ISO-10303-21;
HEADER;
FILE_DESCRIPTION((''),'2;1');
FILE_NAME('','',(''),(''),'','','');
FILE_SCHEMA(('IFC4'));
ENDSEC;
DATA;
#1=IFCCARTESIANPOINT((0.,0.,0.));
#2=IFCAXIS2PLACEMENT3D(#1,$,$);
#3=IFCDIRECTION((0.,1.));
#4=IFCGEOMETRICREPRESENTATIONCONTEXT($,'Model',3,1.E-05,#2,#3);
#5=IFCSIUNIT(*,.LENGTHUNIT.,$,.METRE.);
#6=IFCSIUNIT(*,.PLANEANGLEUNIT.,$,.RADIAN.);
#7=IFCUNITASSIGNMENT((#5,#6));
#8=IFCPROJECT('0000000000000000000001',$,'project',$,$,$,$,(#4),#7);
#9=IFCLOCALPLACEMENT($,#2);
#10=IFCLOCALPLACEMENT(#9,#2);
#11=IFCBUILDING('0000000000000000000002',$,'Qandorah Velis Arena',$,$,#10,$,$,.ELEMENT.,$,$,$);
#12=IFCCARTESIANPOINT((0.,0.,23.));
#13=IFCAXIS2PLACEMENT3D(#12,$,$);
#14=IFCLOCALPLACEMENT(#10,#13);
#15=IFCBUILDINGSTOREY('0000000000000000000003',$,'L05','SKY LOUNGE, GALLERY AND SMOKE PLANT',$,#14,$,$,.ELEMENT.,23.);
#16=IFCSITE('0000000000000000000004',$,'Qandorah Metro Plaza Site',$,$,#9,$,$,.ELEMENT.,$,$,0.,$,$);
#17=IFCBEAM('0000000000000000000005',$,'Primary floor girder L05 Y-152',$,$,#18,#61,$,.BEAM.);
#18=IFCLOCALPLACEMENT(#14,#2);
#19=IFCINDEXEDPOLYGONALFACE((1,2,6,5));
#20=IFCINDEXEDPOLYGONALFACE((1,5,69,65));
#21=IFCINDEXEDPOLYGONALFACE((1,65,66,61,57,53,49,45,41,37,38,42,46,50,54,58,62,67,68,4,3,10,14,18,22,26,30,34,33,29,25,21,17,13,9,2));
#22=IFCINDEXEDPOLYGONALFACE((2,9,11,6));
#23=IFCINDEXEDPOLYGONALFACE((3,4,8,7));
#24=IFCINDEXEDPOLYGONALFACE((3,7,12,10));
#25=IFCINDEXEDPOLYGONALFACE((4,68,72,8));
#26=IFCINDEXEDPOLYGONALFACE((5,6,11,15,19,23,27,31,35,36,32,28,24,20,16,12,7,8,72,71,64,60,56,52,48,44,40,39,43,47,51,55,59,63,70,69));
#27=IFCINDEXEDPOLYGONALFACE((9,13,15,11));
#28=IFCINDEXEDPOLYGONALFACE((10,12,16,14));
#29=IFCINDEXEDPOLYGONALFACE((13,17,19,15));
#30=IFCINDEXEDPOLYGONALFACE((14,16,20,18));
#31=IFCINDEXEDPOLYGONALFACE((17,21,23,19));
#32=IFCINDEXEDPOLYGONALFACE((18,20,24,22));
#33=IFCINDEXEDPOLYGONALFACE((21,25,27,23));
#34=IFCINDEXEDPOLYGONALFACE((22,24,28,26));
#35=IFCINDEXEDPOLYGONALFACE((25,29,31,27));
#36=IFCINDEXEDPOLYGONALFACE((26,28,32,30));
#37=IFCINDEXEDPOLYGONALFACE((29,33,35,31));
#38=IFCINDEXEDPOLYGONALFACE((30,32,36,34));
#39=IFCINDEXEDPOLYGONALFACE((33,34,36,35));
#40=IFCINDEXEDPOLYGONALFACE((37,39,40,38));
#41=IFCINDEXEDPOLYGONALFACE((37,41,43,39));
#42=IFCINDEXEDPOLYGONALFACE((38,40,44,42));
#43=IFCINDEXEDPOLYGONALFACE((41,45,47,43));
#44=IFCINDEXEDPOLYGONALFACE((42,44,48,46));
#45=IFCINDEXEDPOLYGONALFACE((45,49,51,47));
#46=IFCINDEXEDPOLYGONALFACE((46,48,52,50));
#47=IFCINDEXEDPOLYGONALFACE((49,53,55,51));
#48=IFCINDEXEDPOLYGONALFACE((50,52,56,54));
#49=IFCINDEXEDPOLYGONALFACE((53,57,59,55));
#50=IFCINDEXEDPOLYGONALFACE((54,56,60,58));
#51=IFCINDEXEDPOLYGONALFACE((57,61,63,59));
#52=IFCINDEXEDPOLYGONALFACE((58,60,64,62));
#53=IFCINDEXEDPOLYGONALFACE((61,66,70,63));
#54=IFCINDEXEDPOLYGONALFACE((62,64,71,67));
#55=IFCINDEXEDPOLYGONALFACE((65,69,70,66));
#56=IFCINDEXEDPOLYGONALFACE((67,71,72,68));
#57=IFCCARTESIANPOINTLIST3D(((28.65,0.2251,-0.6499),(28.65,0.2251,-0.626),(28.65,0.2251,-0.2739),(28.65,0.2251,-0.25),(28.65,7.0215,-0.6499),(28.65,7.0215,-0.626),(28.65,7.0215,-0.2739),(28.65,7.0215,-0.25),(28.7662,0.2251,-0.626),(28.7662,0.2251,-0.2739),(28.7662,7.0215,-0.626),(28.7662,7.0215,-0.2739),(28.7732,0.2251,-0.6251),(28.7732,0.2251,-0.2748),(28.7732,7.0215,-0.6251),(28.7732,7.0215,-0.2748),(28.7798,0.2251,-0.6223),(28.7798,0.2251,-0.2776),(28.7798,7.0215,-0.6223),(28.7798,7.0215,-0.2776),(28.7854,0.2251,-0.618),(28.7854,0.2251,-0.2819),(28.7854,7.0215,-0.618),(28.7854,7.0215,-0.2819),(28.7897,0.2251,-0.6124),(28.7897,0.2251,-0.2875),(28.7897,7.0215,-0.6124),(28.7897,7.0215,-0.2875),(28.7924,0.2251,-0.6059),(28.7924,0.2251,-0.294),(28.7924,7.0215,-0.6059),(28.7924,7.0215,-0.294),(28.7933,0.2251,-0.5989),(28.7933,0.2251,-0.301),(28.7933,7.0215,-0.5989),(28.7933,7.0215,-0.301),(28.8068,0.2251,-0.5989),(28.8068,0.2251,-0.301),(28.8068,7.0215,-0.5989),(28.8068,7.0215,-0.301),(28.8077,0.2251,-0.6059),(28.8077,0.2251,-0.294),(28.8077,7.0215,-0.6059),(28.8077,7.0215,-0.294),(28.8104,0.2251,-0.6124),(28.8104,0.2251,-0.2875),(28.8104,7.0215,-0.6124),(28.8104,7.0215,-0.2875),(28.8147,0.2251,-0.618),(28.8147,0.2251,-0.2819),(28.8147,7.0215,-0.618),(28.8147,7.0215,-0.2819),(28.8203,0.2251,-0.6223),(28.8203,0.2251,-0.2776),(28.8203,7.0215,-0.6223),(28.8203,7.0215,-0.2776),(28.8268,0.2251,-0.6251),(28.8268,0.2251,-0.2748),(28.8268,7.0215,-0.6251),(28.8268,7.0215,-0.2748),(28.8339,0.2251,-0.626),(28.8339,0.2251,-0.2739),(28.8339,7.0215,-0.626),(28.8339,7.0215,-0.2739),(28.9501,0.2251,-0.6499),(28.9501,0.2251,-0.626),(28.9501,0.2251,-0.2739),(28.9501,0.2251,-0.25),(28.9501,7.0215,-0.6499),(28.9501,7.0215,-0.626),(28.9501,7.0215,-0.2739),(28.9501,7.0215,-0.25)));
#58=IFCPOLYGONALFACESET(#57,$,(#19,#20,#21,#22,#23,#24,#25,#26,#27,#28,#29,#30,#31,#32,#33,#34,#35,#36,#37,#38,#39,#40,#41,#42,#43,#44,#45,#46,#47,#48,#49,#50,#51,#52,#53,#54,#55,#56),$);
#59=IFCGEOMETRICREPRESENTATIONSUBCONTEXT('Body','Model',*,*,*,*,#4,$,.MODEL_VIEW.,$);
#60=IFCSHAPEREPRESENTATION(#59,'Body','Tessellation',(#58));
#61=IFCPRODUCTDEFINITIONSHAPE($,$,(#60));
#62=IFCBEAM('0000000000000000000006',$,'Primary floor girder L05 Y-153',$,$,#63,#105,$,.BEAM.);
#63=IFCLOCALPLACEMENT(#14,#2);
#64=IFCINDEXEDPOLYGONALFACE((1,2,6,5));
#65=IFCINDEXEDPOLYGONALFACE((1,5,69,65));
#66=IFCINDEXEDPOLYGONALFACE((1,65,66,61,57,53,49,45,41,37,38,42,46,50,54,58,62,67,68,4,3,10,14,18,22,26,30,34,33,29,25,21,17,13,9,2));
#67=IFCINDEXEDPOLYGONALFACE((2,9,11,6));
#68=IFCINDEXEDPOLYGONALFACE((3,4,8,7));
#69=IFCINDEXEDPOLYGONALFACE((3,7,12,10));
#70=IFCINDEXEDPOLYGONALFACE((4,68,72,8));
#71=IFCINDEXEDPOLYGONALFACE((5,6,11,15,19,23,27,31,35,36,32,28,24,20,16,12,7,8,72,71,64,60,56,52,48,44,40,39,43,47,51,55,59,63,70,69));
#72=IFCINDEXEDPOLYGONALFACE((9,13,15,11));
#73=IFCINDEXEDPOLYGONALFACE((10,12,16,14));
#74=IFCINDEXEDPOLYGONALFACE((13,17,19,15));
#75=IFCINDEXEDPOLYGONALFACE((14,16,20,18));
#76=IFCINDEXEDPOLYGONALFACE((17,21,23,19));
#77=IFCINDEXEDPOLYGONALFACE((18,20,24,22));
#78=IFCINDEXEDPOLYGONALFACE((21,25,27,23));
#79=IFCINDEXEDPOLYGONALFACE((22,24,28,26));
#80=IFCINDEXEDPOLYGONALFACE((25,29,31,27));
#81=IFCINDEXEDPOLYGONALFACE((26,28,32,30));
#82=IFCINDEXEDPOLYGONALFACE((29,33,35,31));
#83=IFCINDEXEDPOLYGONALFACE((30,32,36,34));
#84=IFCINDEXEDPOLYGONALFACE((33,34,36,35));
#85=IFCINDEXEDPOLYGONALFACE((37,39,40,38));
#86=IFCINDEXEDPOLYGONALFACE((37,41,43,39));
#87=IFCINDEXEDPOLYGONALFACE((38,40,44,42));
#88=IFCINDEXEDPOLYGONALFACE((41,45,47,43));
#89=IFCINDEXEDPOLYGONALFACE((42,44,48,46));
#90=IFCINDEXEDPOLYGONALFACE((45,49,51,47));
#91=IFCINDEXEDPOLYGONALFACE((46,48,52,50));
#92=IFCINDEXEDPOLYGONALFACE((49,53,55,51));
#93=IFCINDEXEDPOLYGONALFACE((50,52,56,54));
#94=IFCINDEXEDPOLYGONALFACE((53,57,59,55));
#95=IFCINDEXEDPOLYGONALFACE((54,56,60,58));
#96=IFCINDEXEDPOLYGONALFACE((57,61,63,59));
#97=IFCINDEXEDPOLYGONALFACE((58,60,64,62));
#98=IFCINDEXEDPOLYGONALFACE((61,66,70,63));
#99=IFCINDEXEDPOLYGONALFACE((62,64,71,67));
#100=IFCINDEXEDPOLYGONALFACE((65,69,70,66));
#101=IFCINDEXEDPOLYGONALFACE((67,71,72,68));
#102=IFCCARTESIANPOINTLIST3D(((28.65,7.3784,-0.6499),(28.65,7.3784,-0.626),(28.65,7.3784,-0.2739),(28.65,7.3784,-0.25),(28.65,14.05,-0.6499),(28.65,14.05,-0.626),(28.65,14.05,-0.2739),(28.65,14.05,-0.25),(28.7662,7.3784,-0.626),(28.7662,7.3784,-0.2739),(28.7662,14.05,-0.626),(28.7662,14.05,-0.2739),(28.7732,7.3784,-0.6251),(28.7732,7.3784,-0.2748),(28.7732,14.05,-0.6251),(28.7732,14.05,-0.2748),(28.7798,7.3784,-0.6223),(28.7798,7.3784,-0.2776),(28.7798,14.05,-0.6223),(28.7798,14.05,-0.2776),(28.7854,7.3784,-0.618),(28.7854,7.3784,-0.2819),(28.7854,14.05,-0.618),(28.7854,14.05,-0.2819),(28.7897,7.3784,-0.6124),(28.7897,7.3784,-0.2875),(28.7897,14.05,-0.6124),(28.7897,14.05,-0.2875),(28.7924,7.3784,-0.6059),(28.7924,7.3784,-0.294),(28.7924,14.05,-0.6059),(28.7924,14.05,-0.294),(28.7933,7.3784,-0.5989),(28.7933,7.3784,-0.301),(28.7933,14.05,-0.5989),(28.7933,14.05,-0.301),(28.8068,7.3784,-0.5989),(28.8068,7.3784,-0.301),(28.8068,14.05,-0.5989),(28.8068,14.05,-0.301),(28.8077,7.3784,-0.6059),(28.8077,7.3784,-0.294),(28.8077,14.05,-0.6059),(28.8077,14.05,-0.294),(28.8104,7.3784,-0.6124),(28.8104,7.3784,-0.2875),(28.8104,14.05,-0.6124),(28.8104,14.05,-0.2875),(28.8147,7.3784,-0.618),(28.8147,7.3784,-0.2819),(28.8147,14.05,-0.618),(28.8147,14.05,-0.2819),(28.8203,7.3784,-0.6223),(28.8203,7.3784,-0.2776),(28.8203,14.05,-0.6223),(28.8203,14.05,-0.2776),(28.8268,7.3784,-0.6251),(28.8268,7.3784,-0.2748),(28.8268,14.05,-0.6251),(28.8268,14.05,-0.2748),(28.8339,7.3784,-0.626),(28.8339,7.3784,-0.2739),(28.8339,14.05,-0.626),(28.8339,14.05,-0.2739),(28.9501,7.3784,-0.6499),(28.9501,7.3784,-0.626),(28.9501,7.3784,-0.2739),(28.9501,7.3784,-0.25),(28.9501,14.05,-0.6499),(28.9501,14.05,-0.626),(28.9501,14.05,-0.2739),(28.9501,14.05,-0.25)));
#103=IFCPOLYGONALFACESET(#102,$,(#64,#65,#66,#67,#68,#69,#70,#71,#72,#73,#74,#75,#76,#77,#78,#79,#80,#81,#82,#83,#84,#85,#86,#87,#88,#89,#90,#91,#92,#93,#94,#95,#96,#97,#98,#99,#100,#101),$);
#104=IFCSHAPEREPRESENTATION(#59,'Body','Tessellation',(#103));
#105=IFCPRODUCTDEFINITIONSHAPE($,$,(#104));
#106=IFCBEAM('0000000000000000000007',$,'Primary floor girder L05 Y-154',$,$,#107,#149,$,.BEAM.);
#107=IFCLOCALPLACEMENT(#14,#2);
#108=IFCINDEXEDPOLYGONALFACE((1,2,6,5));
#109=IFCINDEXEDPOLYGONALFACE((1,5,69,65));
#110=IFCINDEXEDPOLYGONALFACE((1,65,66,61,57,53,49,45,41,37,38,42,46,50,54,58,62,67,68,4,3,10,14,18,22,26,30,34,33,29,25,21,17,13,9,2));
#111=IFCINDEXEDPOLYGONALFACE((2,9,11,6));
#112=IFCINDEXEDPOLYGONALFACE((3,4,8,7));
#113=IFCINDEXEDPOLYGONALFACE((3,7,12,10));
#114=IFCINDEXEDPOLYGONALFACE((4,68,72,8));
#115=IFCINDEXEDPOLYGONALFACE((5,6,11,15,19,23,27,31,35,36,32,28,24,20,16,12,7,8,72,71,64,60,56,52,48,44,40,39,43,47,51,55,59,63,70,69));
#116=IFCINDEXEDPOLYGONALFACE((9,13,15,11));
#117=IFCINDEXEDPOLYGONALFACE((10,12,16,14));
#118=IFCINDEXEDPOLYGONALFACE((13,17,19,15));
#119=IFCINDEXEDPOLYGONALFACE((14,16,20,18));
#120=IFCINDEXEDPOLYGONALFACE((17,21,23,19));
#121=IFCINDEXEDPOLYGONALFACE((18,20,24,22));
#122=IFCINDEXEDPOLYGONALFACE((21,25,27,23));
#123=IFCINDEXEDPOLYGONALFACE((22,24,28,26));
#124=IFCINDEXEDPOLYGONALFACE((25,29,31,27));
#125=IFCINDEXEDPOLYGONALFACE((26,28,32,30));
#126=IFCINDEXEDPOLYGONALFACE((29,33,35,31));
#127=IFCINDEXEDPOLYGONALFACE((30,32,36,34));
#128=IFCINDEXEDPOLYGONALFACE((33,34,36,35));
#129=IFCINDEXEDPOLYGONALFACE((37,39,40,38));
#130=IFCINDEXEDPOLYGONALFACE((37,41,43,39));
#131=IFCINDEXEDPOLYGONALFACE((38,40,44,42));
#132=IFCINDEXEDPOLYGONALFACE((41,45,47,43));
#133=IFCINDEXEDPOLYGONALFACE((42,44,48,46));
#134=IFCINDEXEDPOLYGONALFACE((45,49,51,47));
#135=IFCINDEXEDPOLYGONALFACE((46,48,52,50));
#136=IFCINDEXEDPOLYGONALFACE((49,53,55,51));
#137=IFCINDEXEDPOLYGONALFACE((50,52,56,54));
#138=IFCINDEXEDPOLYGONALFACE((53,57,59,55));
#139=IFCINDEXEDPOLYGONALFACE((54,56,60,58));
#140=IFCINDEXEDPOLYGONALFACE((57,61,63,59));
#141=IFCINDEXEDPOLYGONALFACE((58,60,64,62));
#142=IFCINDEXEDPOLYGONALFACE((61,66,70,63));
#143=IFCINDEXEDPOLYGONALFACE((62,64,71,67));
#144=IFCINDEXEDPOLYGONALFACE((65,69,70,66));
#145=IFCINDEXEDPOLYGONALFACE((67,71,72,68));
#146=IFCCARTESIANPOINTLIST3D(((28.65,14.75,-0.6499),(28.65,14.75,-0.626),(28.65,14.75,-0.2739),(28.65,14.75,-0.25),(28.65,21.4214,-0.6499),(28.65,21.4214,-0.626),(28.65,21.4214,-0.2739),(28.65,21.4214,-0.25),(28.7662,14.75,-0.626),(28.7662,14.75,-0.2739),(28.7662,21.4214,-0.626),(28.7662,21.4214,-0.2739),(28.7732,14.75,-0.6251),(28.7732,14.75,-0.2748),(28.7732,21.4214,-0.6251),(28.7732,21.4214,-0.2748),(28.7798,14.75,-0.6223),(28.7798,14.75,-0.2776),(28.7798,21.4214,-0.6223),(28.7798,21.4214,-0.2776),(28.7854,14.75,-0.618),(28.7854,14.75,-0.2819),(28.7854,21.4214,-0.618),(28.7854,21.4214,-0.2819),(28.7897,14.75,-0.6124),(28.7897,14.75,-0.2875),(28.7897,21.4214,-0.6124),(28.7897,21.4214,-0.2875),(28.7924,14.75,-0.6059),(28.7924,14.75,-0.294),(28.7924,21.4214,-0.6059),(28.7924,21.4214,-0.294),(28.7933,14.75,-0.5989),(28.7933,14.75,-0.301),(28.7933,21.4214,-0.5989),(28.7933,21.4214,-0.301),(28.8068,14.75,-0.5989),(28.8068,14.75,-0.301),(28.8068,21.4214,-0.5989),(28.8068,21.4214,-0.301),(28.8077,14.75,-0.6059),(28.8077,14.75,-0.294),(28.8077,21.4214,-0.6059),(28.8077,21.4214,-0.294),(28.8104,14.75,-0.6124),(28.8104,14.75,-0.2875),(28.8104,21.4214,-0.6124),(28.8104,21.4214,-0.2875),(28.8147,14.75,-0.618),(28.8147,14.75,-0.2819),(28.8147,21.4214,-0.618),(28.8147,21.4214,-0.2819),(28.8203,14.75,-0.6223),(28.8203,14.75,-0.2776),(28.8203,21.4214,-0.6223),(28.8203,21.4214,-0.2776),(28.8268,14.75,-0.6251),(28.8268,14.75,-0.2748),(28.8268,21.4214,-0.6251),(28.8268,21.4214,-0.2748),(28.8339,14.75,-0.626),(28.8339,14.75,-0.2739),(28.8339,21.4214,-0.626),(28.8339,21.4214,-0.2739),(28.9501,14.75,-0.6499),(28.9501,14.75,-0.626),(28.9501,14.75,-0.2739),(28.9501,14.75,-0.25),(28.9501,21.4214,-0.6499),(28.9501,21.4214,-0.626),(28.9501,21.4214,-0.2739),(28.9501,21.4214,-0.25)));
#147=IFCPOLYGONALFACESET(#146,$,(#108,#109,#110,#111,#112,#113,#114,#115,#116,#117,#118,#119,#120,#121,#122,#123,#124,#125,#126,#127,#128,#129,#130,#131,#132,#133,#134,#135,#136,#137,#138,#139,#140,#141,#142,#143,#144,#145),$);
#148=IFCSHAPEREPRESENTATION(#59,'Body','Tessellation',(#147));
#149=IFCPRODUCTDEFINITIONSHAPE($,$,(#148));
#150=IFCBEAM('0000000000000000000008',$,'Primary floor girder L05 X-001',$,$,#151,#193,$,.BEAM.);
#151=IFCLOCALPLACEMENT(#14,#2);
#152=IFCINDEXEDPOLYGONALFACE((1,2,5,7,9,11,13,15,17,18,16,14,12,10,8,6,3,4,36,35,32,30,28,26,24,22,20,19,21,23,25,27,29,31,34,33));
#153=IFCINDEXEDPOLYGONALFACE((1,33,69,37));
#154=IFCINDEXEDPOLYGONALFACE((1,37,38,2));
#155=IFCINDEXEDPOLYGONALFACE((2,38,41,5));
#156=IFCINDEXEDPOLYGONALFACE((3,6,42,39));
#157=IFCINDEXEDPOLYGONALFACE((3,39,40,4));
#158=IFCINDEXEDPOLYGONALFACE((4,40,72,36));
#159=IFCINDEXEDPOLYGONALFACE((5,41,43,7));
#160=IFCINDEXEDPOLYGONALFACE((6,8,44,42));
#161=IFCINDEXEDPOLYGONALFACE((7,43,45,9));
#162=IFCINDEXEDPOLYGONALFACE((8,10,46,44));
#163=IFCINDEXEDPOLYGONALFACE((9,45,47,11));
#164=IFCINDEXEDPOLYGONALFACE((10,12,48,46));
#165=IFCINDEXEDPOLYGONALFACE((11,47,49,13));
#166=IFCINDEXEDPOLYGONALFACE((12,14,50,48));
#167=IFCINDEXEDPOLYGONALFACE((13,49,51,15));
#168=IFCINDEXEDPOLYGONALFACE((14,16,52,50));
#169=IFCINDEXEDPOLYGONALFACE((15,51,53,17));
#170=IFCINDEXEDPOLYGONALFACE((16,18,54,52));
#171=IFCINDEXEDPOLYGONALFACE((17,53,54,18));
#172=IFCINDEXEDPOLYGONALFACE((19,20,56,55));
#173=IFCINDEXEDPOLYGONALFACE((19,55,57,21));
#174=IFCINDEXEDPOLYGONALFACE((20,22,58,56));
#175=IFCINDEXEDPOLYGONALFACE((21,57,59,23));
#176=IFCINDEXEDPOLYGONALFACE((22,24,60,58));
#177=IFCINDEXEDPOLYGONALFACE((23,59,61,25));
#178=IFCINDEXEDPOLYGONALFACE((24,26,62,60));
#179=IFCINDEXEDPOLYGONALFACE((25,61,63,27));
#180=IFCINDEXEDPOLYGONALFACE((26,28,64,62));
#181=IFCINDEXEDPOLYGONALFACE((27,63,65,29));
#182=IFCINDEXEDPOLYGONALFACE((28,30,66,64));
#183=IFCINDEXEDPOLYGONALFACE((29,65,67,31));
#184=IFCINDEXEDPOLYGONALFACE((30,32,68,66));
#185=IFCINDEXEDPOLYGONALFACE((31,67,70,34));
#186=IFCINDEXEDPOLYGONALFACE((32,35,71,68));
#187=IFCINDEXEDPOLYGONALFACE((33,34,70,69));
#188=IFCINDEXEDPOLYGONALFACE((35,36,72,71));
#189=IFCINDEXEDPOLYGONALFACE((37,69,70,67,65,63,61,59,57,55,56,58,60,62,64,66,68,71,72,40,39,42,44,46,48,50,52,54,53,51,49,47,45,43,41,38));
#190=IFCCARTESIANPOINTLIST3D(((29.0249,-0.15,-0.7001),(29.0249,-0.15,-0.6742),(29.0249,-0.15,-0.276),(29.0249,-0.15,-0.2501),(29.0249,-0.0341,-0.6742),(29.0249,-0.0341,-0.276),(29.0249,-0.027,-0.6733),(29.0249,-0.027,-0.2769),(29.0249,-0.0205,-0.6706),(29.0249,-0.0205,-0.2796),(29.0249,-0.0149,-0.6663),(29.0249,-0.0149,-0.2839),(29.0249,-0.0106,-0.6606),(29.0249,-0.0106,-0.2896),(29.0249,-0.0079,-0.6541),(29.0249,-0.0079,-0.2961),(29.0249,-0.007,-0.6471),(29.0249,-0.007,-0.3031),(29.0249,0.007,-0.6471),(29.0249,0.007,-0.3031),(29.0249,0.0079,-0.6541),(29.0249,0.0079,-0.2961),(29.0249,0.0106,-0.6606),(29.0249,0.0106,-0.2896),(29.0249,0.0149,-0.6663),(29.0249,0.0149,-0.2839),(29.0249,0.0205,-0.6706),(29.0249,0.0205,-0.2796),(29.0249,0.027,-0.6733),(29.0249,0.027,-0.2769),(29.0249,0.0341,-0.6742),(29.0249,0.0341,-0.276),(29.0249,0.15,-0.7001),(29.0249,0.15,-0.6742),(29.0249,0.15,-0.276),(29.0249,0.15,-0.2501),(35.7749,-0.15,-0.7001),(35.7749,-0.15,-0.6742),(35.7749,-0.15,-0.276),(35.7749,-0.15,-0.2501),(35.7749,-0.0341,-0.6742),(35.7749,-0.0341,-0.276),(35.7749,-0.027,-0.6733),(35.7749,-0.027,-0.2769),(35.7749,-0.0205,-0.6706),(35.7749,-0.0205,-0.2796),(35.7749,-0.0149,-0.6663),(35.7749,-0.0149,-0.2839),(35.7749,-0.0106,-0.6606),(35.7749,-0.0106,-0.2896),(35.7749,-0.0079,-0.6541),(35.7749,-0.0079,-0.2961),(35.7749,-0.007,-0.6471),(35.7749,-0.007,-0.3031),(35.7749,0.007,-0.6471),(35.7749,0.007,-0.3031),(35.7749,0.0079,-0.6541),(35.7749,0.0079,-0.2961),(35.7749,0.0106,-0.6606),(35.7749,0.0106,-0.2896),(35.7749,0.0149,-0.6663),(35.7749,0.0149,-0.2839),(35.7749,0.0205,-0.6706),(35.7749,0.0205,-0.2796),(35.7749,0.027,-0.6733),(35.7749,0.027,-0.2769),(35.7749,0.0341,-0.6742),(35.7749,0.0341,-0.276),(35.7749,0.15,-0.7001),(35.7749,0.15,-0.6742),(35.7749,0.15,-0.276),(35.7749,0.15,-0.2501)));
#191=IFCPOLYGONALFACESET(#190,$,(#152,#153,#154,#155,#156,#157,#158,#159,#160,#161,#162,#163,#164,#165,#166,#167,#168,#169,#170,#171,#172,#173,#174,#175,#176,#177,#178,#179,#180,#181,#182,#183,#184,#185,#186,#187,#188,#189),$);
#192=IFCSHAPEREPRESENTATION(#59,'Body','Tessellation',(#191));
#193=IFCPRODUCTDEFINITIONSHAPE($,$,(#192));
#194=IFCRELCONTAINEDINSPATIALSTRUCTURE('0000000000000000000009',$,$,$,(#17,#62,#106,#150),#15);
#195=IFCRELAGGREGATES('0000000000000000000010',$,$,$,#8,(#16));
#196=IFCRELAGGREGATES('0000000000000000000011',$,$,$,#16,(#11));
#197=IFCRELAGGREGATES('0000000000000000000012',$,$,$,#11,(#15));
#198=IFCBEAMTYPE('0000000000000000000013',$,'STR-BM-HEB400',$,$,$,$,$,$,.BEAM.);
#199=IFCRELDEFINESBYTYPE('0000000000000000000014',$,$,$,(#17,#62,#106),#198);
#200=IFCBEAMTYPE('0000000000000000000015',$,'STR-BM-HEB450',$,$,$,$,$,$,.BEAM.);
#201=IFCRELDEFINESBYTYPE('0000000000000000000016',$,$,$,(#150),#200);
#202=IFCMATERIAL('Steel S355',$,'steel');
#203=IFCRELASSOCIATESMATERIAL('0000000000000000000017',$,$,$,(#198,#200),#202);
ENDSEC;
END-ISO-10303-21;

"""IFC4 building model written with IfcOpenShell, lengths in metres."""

from ifc_helpers import new_model, si_unit, direction, frame, origin, origin_2d, place, context, subcontext, project, spatial, i_section, extrude, material, material_profile, profile_set, type_object, element, save


model = new_model("IFC4")

# Units and contexts
model_context = context("Model", 3, precision=1e-05, world=origin(), true_north=direction((0.0, 1.0)))
body_context = subcontext(model_context, "Body", "Model", "MODEL_VIEW")
ifc_project = project(units=[si_unit("LENGTHUNIT", "METRE"), si_unit("PLANEANGLEUNIT", "RADIAN")], contexts=[model_context])

# Site, building, storey
site_placement = place(None, origin())
site = spatial("IfcSite", under=ifc_project, at=site_placement, Name="Qandorah Metro Plaza Site", CompositionType="ELEMENT", RefElevation=0.0)
building_placement = place(site_placement, origin())
building = spatial("IfcBuilding", under=site, at=building_placement, Name="Qandorah Velis Arena", CompositionType="ELEMENT")
storey_placement = place(building_placement, frame((0.0, 0.0, 23.0)))
storey = spatial("IfcBuildingStorey", under=building, at=storey_placement, Name="L05", Description="SKY LOUNGE, GALLERY AND SMOKE PLANT", CompositionType="ELEMENT", Elevation=23.0)

# Beams
ifc_material_1 = material(Name="Steel S355", Category="steel")
ifc_material_profile_1 = material_profile(ifc_material_1, i_section(OverallWidth=0.3, OverallDepth=0.3999, WebThickness=0.0134, FlangeThickness=0.0239, FilletRadius=0.0271, at=origin_2d()), Name="HEB 400")
ifc_profile_set_1 = profile_set([ifc_material_profile_1], Name="Steel S355")
beam_type_1 = type_object("IfcBeamType", Name="STR-BM-HEB400", PredefinedType="BEAM", material=ifc_profile_set_1)
for number, where, z_axis, x_axis, name in (
    (1, (28.8, 0.2251, -0.45), (0.0, 1.0, 0.0), (-1.0, 0.0, 0.0), "Primary floor girder L05 Y-152"),
):
    element("IfcBeam", number, at=place(storey_placement, frame(where, z_axis=z_axis, x_axis=x_axis)), inside=storey, type_object=beam_type_1, Name=name, PredefinedType="BEAM", context=body_context, shape_type="SweptSolid", body=[
        extrude(i_section(OverallWidth=0.3, OverallDepth=0.3999, WebThickness=0.0134, FlangeThickness=0.0239, FilletRadius=0.0271, at=origin_2d()), origin(), (0.0, 0.0, 1.0), 6.7964),
    ])
beam_1_placement = place(storey_placement, frame((28.8, 7.3784, -0.45), z_axis=(0.0, 1.0, 0.0), x_axis=(-1.0, 0.0, 0.0)))
element("IfcBeam", 2, at=beam_1_placement, inside=storey, type_object=beam_type_1, Name="Primary floor girder L05 Y-153", PredefinedType="BEAM", context=body_context, shape_type="SweptSolid", body=[
    extrude(i_section(OverallWidth=0.3, OverallDepth=0.3999, WebThickness=0.0134, FlangeThickness=0.0239, FilletRadius=0.0271, at=origin_2d()), origin(), (0.0, 0.0, 1.0), 6.6716),
])
beam_2_placement = place(storey_placement, frame((28.8, 14.75, -0.45), z_axis=(0.0, 1.0, 0.0), x_axis=(-1.0, 0.0, 0.0)))
element("IfcBeam", 3, at=beam_2_placement, inside=storey, type_object=beam_type_1, Name="Primary floor girder L05 Y-154", PredefinedType="BEAM", context=body_context, shape_type="SweptSolid", body=[
    extrude(i_section(OverallWidth=0.3, OverallDepth=0.3999, WebThickness=0.0134, FlangeThickness=0.0239, FilletRadius=0.0271, at=origin_2d()), origin(), (0.0, 0.0, 1.0), 6.6714),
])
ifc_material_profile_2 = material_profile(ifc_material_1, i_section(OverallWidth=0.3, OverallDepth=0.45, WebThickness=0.0139, FlangeThickness=0.0259, FilletRadius=0.0271, at=origin_2d()), Name="HEB 450")
ifc_profile_set_2 = profile_set([ifc_material_profile_2], Name="Steel S355")
beam_type_2 = type_object("IfcBeamType", Name="STR-BM-HEB450", PredefinedType="BEAM", material=ifc_profile_set_2)
beam_3_placement = place(storey_placement, frame((29.0249, 0.0, -0.4751), z_axis=(1.0, 0.0, 0.0), x_axis=(0.0, 1.0, 0.0)))
element("IfcBeam", 4, at=beam_3_placement, inside=storey, type_object=beam_type_2, Name="Primary floor girder L05 X-001", PredefinedType="BEAM", context=body_context, shape_type="SweptSolid", body=[
    extrude(i_section(OverallWidth=0.3, OverallDepth=0.45, WebThickness=0.0139, FlangeThickness=0.0259, FilletRadius=0.0271, at=origin_2d()), origin(), (0.0, 0.0, 1.0), 6.75),
])

save(model, "model.ifc")
